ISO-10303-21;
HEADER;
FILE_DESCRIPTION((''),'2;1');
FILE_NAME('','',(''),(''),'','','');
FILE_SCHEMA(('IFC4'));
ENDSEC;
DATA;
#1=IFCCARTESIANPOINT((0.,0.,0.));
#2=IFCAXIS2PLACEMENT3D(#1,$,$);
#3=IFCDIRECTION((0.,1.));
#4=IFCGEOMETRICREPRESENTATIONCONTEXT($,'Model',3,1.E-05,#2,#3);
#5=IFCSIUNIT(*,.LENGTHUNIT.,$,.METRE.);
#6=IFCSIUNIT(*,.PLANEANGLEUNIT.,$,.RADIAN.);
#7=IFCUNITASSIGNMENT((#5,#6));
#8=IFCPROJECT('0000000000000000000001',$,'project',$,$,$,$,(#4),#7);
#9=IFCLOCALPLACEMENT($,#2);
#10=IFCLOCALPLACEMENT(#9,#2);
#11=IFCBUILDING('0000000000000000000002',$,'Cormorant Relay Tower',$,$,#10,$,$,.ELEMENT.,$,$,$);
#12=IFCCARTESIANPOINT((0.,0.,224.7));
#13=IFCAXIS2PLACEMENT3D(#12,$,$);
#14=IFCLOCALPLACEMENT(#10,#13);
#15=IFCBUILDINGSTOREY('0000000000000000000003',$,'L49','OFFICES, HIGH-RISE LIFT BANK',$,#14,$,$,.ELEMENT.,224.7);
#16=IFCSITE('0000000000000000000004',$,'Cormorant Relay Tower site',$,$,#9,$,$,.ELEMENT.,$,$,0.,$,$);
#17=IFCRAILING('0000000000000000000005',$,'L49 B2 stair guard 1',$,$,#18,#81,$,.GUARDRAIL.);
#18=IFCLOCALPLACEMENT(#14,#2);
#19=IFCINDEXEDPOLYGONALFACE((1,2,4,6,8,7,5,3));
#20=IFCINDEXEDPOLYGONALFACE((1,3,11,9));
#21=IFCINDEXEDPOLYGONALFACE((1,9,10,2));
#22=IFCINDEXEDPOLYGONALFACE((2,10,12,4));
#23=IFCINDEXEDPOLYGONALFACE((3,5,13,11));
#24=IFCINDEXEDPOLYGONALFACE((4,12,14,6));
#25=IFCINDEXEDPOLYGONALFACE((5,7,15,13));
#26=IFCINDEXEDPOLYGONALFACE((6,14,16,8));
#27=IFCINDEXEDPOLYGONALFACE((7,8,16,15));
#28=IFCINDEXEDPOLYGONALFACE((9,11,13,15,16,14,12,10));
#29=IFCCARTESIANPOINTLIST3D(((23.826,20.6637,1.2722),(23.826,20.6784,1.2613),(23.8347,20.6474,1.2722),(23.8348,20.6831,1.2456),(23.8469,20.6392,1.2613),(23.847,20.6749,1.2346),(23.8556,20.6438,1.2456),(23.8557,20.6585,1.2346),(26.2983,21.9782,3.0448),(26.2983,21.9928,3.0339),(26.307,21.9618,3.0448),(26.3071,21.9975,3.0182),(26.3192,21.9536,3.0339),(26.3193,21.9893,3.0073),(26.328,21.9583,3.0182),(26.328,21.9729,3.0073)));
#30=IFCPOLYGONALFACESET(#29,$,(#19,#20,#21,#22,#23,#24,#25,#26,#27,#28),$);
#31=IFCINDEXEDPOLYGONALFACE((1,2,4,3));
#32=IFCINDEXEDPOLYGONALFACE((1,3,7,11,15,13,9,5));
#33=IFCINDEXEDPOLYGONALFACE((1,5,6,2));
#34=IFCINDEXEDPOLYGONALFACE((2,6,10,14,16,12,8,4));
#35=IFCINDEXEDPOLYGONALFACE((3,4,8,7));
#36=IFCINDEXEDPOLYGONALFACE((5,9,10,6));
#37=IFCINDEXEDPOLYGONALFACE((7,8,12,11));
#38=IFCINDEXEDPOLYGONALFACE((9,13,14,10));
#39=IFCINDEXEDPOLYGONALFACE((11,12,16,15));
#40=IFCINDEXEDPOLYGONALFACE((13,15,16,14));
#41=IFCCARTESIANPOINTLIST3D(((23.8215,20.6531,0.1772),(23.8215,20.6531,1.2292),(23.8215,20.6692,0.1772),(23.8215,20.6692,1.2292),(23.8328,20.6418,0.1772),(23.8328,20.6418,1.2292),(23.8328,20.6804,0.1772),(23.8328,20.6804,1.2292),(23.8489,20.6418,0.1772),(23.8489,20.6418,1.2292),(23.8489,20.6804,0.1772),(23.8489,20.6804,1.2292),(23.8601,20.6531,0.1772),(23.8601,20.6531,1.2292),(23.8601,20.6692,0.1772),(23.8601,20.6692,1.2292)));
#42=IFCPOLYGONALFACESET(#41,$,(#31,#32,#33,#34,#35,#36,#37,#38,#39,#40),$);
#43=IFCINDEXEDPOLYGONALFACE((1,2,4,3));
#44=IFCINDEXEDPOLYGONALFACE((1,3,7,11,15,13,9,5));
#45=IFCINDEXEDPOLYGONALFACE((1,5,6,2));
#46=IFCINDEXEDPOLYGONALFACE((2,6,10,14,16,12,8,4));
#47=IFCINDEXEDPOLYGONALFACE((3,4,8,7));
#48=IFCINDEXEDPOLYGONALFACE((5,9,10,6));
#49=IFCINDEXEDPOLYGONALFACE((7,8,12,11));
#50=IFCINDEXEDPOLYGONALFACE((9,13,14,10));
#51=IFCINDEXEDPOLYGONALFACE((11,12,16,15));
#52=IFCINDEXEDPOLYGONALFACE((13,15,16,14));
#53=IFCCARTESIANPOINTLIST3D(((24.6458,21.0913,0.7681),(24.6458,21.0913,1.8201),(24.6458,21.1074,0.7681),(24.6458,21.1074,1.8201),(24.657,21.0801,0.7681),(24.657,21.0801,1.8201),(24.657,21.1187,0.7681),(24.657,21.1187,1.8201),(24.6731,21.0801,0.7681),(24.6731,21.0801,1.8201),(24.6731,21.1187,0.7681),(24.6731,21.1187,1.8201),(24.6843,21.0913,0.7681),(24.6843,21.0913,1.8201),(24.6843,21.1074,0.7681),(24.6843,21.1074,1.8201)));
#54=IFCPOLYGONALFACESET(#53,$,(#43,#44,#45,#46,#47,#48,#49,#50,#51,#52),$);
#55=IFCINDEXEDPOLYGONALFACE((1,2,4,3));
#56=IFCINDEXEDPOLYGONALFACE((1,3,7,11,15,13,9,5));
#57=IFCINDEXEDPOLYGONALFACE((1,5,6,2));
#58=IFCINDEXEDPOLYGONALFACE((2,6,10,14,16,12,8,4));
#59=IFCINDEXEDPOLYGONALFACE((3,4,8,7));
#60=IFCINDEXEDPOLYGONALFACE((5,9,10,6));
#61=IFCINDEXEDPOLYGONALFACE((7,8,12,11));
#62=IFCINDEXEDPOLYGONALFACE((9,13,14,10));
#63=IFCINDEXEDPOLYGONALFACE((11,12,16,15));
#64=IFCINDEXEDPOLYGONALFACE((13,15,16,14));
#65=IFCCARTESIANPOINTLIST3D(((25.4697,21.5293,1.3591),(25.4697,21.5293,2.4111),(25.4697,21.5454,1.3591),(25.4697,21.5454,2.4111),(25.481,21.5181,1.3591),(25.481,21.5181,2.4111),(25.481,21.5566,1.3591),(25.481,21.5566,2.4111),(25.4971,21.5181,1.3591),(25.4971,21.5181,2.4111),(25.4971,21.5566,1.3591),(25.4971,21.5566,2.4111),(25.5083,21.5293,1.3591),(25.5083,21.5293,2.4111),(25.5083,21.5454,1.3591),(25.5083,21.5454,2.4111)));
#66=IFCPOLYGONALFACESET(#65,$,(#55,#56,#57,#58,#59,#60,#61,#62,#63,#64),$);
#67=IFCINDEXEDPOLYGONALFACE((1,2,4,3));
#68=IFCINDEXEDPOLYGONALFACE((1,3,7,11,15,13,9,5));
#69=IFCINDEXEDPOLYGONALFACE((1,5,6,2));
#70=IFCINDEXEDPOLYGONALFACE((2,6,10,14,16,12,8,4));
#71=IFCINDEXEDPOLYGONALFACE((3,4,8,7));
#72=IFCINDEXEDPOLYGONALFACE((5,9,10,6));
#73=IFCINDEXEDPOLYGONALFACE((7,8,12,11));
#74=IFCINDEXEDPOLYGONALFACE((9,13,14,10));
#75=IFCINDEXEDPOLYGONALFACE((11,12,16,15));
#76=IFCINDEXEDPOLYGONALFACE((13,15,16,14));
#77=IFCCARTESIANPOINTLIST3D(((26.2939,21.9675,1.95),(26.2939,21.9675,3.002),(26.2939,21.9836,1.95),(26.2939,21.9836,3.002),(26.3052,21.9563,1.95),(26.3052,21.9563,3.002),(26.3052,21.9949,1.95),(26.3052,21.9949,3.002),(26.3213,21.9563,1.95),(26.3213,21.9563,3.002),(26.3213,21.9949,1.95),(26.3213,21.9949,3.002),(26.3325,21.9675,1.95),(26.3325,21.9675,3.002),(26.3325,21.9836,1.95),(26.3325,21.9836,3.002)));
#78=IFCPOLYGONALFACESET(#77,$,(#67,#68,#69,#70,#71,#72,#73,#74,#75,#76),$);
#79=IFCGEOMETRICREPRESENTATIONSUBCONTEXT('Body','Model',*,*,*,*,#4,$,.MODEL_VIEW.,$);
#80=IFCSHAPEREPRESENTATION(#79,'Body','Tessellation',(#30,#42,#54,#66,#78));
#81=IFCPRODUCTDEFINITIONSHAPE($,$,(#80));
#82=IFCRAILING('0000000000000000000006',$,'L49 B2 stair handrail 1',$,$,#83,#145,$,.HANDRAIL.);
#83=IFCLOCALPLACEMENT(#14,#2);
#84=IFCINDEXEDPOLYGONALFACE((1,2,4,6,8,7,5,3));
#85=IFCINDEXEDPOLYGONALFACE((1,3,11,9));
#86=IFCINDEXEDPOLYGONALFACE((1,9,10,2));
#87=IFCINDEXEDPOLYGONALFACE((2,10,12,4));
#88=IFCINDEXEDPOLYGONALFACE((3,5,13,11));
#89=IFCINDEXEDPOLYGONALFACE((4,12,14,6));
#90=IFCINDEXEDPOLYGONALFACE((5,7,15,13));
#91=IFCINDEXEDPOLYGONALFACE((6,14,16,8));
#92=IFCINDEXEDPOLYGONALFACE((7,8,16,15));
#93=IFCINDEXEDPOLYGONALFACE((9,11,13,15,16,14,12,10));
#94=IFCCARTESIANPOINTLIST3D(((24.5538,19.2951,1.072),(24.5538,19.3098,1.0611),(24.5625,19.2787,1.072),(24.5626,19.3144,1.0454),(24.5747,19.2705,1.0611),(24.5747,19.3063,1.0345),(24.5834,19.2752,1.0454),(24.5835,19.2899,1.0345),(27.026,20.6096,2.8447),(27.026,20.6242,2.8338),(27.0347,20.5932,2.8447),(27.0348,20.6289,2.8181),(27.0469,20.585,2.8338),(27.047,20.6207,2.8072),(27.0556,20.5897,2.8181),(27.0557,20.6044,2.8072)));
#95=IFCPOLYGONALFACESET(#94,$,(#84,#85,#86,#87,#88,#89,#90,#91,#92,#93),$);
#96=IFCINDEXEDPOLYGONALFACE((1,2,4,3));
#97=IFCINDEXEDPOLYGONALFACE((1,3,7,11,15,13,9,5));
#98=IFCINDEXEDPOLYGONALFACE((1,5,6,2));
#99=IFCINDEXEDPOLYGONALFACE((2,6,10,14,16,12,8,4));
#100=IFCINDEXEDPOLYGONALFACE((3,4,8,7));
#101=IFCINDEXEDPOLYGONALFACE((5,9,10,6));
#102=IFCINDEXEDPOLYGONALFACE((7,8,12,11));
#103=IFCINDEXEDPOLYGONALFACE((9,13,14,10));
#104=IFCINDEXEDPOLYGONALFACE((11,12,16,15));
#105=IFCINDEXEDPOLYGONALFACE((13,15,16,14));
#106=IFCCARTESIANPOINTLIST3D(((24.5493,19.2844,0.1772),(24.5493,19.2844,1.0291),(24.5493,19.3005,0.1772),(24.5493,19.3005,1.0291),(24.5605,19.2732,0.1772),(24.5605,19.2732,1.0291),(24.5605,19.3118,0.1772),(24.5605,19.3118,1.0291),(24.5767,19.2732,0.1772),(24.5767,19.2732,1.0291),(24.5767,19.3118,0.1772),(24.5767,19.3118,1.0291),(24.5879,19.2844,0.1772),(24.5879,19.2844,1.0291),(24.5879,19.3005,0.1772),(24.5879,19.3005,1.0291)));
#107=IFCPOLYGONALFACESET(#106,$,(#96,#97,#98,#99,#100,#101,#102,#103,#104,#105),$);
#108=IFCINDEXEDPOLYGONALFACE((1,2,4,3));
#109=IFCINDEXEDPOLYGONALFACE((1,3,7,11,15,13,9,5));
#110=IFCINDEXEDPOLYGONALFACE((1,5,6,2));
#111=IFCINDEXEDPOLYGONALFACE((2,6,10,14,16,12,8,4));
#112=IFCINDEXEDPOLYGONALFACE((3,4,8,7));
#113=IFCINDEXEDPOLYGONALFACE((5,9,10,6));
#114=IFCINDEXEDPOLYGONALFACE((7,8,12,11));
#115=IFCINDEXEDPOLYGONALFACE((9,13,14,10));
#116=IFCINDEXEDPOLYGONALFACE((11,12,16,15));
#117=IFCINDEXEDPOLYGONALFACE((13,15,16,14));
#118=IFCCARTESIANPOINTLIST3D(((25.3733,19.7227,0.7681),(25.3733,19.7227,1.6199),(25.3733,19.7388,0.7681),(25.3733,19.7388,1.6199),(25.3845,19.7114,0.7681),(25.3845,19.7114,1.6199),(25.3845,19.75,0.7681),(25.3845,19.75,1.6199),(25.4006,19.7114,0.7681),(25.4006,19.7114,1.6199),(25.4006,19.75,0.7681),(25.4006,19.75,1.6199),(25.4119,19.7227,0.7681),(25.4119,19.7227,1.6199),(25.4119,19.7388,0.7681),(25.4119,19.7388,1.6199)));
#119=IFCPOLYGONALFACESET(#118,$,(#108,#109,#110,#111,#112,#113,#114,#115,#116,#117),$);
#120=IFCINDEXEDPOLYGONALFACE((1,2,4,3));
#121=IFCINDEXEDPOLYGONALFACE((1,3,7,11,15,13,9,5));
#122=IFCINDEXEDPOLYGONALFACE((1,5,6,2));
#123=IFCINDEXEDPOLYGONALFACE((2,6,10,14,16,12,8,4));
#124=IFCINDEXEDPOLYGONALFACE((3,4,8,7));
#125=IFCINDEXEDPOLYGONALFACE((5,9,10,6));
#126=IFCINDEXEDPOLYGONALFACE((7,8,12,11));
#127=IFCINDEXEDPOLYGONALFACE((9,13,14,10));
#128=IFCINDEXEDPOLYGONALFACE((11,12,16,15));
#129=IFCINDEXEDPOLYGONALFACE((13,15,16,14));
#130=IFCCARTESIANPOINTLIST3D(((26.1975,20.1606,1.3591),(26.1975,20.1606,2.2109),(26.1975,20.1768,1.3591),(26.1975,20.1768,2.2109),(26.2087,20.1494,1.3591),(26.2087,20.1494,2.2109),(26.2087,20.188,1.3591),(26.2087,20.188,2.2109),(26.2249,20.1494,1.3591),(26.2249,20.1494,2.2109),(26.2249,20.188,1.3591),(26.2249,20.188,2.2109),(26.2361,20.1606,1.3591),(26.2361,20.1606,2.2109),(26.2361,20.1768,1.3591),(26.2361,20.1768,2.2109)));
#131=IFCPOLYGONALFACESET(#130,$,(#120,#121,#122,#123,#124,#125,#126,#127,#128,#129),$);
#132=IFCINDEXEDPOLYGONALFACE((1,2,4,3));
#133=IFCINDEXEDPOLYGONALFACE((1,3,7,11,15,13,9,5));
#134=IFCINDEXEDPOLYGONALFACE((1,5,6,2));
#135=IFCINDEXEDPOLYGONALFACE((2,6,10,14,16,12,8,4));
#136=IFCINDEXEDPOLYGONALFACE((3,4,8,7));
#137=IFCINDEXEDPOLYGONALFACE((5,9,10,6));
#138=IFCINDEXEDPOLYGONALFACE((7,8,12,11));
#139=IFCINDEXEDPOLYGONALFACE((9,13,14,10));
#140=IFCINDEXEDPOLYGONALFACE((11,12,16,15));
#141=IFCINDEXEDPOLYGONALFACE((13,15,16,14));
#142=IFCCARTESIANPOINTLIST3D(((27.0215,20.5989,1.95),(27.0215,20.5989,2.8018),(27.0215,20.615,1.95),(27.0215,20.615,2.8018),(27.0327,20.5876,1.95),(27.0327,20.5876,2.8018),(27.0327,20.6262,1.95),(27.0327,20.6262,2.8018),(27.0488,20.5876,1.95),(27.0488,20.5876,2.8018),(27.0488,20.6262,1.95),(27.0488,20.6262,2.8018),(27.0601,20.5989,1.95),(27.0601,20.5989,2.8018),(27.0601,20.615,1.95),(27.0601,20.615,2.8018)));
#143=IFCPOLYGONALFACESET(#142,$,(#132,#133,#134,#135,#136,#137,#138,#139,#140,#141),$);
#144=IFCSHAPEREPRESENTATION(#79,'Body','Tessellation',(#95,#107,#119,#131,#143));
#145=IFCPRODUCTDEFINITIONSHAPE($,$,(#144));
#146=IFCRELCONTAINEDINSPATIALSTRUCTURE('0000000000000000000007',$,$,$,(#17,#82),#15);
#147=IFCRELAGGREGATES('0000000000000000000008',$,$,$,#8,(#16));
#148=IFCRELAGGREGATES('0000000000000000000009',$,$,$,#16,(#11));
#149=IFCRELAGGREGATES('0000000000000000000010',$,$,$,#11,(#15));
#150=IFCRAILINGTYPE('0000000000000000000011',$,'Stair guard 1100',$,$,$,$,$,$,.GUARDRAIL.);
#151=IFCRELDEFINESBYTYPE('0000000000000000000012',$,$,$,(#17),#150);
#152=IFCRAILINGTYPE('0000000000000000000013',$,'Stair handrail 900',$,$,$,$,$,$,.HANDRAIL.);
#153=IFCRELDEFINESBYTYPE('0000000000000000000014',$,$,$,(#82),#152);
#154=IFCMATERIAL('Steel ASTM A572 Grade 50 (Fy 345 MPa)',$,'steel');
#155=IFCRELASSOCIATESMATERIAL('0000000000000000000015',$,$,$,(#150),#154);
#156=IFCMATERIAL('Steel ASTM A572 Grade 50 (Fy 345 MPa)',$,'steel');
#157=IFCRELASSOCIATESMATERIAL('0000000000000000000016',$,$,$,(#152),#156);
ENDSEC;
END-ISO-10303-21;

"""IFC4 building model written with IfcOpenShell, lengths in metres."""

from ifc_helpers import new_model, si_unit, direction, frame, origin, place, context, subcontext, project, spatial, polyline, outline, extrude, material, type_object, element, save


model = new_model("IFC4")

# Units and contexts
model_context = context("Model", 3, precision=1e-05, world=origin(), true_north=direction((0.0, 1.0)))
body_context = subcontext(model_context, "Body", "Model", "MODEL_VIEW")
ifc_project = project(units=[si_unit("LENGTHUNIT", "METRE"), si_unit("PLANEANGLEUNIT", "RADIAN")], contexts=[model_context])

# Site, building, storey
site_placement = place(None, origin())
site = spatial("IfcSite", under=ifc_project, at=site_placement, Name="Cormorant Relay Tower site", CompositionType="ELEMENT", RefElevation=0.0)
building_placement = place(site_placement, origin())
building = spatial("IfcBuilding", under=site, at=building_placement, Name="Cormorant Relay Tower", CompositionType="ELEMENT")
storey_placement = place(building_placement, frame((0.0, 0.0, 224.7)))
storey = spatial("IfcBuildingStorey", under=building, at=storey_placement, Name="L49", Description="OFFICES, HIGH-RISE LIFT BANK", CompositionType="ELEMENT", Elevation=224.7)

# Railings
ifc_material_1 = material(Name="Steel ASTM A572 Grade 50 (Fy 345 MPa)", Category="steel")
railing_type_1 = type_object("IfcRailingType", Name="Stair guard 1100", PredefinedType="GUARDRAIL", material=ifc_material_1)
railing_1_placement = place(storey_placement, frame((23.8408, 20.6611, 0.1772)))
element("IfcRailing", 1, at=railing_1_placement, inside=storey, type_object=railing_type_1, Name="L49 B2 stair guard 1", PredefinedType="GUARDRAIL", context=body_context, shape_type="SweptSolid", body=[
    extrude(outline(polyline([(0.0222, 0.0093), (0.0093, 0.0222), (-0.0093, 0.0222), (-0.0222, 0.0093), (-0.0222, -0.0093), (-0.0093, -0.0222), (0.0093, -0.0222), (0.0222, -0.0093), (0.0222, 0.0093)])), frame((0.0, 0.0, 1.0762), z_axis=(0.746034, 0.396627, 0.534902), x_axis=(-0.469429, 0.88297, 0.0)), (0.0, 0.0, 1.0), 3.314),
    extrude(outline(polyline([(0.0193, 0.0081), (0.0081, 0.0193), (-0.0081, 0.0193), (-0.0193, 0.0081), (-0.0193, -0.0081), (-0.0081, -0.0193), (0.0081, -0.0193), (0.0193, -0.0081), (0.0193, 0.0081)])), origin(), (0.0, 0.0, 1.0), 1.052),
    extrude(outline(polyline([(0.0193, 0.0081), (0.0081, 0.0193), (-0.0081, 0.0193), (-0.0193, 0.0081), (-0.0193, -0.0081), (-0.0081, -0.0193), (0.0081, -0.0193), (0.0193, -0.0081), (0.0193, 0.0081)])), frame((0.8242, 0.4382, 0.5908)), (0.0, 0.0, 1.0), 1.052),
    extrude(outline(polyline([(0.0193, 0.0081), (0.0081, 0.0193), (-0.0081, 0.0193), (-0.0193, 0.0081), (-0.0193, -0.0081), (-0.0081, -0.0193), (0.0081, -0.0193), (0.0193, -0.0081), (0.0193, 0.0081)])), frame((1.6482, 0.8762, 1.1819)), (0.0, 0.0, 1.0), 1.052),
    extrude(outline(polyline([(0.0193, 0.0081), (0.0081, 0.0193), (-0.0081, 0.0193), (-0.0193, 0.0081), (-0.0193, -0.0081), (-0.0081, -0.0193), (0.0081, -0.0193), (0.0193, -0.0081), (0.0193, 0.0081)])), frame((2.4724, 1.3145, 1.7727)), (0.0, 0.0, 1.0), 1.052),
])
ifc_material_2 = material(Name="Steel ASTM A572 Grade 50 (Fy 345 MPa)", Category="steel")
railing_type_2 = type_object("IfcRailingType", Name="Stair handrail 900", PredefinedType="HANDRAIL", material=ifc_material_2)
railing_2_placement = place(storey_placement, frame((24.5686, 19.2925, 0.1772)))
element("IfcRailing", 2, at=railing_2_placement, inside=storey, type_object=railing_type_2, Name="L49 B2 stair handrail 1", PredefinedType="HANDRAIL", context=body_context, shape_type="SweptSolid", body=[
    extrude(outline(polyline([(0.0222, 0.0093), (0.0093, 0.0222), (-0.0093, 0.0222), (-0.0222, 0.0093), (-0.0222, -0.0093), (-0.0093, -0.0222), (0.0093, -0.0222), (0.0222, -0.0093), (0.0222, 0.0093)])), frame((0.0, 0.0, 0.876), z_axis=(0.746001, 0.396649, 0.534931), x_axis=(-0.469465, 0.882951, 0.0)), (0.0, 0.0, 1.0), 3.314),
    extrude(outline(polyline([(0.0193, 0.0081), (0.0081, 0.0193), (-0.0081, 0.0193), (-0.0193, 0.0081), (-0.0193, -0.0081), (-0.0081, -0.0193), (0.0081, -0.0193), (0.0193, -0.0081), (0.0193, 0.0081)])), origin(), (0.0, 0.0, 1.0), 0.8518),
    extrude(outline(polyline([(0.0193, 0.0081), (0.0081, 0.0193), (-0.0081, 0.0193), (-0.0193, 0.0081), (-0.0193, -0.0081), (-0.0081, -0.0193), (0.0081, -0.0193), (0.0193, -0.0081), (0.0193, 0.0081)])), frame((0.824, 0.4382, 0.5908)), (0.0, 0.0, 1.0), 0.8518),
    extrude(outline(polyline([(0.0193, 0.0081), (0.0081, 0.0193), (-0.0081, 0.0193), (-0.0193, 0.0081), (-0.0193, -0.0081), (-0.0081, -0.0193), (0.0081, -0.0193), (0.0193, -0.0081), (0.0193, 0.0081)])), frame((1.6482, 0.8762, 1.1819)), (0.0, 0.0, 1.0), 0.8518),
    extrude(outline(polyline([(0.0193, 0.0081), (0.0081, 0.0193), (-0.0081, 0.0193), (-0.0193, 0.0081), (-0.0193, -0.0081), (-0.0081, -0.0193), (0.0081, -0.0193), (0.0193, -0.0081), (0.0193, 0.0081)])), frame((2.4722, 1.3145, 1.7727)), (0.0, 0.0, 1.0), 0.8518),
])

save(model, "model.ifc")
